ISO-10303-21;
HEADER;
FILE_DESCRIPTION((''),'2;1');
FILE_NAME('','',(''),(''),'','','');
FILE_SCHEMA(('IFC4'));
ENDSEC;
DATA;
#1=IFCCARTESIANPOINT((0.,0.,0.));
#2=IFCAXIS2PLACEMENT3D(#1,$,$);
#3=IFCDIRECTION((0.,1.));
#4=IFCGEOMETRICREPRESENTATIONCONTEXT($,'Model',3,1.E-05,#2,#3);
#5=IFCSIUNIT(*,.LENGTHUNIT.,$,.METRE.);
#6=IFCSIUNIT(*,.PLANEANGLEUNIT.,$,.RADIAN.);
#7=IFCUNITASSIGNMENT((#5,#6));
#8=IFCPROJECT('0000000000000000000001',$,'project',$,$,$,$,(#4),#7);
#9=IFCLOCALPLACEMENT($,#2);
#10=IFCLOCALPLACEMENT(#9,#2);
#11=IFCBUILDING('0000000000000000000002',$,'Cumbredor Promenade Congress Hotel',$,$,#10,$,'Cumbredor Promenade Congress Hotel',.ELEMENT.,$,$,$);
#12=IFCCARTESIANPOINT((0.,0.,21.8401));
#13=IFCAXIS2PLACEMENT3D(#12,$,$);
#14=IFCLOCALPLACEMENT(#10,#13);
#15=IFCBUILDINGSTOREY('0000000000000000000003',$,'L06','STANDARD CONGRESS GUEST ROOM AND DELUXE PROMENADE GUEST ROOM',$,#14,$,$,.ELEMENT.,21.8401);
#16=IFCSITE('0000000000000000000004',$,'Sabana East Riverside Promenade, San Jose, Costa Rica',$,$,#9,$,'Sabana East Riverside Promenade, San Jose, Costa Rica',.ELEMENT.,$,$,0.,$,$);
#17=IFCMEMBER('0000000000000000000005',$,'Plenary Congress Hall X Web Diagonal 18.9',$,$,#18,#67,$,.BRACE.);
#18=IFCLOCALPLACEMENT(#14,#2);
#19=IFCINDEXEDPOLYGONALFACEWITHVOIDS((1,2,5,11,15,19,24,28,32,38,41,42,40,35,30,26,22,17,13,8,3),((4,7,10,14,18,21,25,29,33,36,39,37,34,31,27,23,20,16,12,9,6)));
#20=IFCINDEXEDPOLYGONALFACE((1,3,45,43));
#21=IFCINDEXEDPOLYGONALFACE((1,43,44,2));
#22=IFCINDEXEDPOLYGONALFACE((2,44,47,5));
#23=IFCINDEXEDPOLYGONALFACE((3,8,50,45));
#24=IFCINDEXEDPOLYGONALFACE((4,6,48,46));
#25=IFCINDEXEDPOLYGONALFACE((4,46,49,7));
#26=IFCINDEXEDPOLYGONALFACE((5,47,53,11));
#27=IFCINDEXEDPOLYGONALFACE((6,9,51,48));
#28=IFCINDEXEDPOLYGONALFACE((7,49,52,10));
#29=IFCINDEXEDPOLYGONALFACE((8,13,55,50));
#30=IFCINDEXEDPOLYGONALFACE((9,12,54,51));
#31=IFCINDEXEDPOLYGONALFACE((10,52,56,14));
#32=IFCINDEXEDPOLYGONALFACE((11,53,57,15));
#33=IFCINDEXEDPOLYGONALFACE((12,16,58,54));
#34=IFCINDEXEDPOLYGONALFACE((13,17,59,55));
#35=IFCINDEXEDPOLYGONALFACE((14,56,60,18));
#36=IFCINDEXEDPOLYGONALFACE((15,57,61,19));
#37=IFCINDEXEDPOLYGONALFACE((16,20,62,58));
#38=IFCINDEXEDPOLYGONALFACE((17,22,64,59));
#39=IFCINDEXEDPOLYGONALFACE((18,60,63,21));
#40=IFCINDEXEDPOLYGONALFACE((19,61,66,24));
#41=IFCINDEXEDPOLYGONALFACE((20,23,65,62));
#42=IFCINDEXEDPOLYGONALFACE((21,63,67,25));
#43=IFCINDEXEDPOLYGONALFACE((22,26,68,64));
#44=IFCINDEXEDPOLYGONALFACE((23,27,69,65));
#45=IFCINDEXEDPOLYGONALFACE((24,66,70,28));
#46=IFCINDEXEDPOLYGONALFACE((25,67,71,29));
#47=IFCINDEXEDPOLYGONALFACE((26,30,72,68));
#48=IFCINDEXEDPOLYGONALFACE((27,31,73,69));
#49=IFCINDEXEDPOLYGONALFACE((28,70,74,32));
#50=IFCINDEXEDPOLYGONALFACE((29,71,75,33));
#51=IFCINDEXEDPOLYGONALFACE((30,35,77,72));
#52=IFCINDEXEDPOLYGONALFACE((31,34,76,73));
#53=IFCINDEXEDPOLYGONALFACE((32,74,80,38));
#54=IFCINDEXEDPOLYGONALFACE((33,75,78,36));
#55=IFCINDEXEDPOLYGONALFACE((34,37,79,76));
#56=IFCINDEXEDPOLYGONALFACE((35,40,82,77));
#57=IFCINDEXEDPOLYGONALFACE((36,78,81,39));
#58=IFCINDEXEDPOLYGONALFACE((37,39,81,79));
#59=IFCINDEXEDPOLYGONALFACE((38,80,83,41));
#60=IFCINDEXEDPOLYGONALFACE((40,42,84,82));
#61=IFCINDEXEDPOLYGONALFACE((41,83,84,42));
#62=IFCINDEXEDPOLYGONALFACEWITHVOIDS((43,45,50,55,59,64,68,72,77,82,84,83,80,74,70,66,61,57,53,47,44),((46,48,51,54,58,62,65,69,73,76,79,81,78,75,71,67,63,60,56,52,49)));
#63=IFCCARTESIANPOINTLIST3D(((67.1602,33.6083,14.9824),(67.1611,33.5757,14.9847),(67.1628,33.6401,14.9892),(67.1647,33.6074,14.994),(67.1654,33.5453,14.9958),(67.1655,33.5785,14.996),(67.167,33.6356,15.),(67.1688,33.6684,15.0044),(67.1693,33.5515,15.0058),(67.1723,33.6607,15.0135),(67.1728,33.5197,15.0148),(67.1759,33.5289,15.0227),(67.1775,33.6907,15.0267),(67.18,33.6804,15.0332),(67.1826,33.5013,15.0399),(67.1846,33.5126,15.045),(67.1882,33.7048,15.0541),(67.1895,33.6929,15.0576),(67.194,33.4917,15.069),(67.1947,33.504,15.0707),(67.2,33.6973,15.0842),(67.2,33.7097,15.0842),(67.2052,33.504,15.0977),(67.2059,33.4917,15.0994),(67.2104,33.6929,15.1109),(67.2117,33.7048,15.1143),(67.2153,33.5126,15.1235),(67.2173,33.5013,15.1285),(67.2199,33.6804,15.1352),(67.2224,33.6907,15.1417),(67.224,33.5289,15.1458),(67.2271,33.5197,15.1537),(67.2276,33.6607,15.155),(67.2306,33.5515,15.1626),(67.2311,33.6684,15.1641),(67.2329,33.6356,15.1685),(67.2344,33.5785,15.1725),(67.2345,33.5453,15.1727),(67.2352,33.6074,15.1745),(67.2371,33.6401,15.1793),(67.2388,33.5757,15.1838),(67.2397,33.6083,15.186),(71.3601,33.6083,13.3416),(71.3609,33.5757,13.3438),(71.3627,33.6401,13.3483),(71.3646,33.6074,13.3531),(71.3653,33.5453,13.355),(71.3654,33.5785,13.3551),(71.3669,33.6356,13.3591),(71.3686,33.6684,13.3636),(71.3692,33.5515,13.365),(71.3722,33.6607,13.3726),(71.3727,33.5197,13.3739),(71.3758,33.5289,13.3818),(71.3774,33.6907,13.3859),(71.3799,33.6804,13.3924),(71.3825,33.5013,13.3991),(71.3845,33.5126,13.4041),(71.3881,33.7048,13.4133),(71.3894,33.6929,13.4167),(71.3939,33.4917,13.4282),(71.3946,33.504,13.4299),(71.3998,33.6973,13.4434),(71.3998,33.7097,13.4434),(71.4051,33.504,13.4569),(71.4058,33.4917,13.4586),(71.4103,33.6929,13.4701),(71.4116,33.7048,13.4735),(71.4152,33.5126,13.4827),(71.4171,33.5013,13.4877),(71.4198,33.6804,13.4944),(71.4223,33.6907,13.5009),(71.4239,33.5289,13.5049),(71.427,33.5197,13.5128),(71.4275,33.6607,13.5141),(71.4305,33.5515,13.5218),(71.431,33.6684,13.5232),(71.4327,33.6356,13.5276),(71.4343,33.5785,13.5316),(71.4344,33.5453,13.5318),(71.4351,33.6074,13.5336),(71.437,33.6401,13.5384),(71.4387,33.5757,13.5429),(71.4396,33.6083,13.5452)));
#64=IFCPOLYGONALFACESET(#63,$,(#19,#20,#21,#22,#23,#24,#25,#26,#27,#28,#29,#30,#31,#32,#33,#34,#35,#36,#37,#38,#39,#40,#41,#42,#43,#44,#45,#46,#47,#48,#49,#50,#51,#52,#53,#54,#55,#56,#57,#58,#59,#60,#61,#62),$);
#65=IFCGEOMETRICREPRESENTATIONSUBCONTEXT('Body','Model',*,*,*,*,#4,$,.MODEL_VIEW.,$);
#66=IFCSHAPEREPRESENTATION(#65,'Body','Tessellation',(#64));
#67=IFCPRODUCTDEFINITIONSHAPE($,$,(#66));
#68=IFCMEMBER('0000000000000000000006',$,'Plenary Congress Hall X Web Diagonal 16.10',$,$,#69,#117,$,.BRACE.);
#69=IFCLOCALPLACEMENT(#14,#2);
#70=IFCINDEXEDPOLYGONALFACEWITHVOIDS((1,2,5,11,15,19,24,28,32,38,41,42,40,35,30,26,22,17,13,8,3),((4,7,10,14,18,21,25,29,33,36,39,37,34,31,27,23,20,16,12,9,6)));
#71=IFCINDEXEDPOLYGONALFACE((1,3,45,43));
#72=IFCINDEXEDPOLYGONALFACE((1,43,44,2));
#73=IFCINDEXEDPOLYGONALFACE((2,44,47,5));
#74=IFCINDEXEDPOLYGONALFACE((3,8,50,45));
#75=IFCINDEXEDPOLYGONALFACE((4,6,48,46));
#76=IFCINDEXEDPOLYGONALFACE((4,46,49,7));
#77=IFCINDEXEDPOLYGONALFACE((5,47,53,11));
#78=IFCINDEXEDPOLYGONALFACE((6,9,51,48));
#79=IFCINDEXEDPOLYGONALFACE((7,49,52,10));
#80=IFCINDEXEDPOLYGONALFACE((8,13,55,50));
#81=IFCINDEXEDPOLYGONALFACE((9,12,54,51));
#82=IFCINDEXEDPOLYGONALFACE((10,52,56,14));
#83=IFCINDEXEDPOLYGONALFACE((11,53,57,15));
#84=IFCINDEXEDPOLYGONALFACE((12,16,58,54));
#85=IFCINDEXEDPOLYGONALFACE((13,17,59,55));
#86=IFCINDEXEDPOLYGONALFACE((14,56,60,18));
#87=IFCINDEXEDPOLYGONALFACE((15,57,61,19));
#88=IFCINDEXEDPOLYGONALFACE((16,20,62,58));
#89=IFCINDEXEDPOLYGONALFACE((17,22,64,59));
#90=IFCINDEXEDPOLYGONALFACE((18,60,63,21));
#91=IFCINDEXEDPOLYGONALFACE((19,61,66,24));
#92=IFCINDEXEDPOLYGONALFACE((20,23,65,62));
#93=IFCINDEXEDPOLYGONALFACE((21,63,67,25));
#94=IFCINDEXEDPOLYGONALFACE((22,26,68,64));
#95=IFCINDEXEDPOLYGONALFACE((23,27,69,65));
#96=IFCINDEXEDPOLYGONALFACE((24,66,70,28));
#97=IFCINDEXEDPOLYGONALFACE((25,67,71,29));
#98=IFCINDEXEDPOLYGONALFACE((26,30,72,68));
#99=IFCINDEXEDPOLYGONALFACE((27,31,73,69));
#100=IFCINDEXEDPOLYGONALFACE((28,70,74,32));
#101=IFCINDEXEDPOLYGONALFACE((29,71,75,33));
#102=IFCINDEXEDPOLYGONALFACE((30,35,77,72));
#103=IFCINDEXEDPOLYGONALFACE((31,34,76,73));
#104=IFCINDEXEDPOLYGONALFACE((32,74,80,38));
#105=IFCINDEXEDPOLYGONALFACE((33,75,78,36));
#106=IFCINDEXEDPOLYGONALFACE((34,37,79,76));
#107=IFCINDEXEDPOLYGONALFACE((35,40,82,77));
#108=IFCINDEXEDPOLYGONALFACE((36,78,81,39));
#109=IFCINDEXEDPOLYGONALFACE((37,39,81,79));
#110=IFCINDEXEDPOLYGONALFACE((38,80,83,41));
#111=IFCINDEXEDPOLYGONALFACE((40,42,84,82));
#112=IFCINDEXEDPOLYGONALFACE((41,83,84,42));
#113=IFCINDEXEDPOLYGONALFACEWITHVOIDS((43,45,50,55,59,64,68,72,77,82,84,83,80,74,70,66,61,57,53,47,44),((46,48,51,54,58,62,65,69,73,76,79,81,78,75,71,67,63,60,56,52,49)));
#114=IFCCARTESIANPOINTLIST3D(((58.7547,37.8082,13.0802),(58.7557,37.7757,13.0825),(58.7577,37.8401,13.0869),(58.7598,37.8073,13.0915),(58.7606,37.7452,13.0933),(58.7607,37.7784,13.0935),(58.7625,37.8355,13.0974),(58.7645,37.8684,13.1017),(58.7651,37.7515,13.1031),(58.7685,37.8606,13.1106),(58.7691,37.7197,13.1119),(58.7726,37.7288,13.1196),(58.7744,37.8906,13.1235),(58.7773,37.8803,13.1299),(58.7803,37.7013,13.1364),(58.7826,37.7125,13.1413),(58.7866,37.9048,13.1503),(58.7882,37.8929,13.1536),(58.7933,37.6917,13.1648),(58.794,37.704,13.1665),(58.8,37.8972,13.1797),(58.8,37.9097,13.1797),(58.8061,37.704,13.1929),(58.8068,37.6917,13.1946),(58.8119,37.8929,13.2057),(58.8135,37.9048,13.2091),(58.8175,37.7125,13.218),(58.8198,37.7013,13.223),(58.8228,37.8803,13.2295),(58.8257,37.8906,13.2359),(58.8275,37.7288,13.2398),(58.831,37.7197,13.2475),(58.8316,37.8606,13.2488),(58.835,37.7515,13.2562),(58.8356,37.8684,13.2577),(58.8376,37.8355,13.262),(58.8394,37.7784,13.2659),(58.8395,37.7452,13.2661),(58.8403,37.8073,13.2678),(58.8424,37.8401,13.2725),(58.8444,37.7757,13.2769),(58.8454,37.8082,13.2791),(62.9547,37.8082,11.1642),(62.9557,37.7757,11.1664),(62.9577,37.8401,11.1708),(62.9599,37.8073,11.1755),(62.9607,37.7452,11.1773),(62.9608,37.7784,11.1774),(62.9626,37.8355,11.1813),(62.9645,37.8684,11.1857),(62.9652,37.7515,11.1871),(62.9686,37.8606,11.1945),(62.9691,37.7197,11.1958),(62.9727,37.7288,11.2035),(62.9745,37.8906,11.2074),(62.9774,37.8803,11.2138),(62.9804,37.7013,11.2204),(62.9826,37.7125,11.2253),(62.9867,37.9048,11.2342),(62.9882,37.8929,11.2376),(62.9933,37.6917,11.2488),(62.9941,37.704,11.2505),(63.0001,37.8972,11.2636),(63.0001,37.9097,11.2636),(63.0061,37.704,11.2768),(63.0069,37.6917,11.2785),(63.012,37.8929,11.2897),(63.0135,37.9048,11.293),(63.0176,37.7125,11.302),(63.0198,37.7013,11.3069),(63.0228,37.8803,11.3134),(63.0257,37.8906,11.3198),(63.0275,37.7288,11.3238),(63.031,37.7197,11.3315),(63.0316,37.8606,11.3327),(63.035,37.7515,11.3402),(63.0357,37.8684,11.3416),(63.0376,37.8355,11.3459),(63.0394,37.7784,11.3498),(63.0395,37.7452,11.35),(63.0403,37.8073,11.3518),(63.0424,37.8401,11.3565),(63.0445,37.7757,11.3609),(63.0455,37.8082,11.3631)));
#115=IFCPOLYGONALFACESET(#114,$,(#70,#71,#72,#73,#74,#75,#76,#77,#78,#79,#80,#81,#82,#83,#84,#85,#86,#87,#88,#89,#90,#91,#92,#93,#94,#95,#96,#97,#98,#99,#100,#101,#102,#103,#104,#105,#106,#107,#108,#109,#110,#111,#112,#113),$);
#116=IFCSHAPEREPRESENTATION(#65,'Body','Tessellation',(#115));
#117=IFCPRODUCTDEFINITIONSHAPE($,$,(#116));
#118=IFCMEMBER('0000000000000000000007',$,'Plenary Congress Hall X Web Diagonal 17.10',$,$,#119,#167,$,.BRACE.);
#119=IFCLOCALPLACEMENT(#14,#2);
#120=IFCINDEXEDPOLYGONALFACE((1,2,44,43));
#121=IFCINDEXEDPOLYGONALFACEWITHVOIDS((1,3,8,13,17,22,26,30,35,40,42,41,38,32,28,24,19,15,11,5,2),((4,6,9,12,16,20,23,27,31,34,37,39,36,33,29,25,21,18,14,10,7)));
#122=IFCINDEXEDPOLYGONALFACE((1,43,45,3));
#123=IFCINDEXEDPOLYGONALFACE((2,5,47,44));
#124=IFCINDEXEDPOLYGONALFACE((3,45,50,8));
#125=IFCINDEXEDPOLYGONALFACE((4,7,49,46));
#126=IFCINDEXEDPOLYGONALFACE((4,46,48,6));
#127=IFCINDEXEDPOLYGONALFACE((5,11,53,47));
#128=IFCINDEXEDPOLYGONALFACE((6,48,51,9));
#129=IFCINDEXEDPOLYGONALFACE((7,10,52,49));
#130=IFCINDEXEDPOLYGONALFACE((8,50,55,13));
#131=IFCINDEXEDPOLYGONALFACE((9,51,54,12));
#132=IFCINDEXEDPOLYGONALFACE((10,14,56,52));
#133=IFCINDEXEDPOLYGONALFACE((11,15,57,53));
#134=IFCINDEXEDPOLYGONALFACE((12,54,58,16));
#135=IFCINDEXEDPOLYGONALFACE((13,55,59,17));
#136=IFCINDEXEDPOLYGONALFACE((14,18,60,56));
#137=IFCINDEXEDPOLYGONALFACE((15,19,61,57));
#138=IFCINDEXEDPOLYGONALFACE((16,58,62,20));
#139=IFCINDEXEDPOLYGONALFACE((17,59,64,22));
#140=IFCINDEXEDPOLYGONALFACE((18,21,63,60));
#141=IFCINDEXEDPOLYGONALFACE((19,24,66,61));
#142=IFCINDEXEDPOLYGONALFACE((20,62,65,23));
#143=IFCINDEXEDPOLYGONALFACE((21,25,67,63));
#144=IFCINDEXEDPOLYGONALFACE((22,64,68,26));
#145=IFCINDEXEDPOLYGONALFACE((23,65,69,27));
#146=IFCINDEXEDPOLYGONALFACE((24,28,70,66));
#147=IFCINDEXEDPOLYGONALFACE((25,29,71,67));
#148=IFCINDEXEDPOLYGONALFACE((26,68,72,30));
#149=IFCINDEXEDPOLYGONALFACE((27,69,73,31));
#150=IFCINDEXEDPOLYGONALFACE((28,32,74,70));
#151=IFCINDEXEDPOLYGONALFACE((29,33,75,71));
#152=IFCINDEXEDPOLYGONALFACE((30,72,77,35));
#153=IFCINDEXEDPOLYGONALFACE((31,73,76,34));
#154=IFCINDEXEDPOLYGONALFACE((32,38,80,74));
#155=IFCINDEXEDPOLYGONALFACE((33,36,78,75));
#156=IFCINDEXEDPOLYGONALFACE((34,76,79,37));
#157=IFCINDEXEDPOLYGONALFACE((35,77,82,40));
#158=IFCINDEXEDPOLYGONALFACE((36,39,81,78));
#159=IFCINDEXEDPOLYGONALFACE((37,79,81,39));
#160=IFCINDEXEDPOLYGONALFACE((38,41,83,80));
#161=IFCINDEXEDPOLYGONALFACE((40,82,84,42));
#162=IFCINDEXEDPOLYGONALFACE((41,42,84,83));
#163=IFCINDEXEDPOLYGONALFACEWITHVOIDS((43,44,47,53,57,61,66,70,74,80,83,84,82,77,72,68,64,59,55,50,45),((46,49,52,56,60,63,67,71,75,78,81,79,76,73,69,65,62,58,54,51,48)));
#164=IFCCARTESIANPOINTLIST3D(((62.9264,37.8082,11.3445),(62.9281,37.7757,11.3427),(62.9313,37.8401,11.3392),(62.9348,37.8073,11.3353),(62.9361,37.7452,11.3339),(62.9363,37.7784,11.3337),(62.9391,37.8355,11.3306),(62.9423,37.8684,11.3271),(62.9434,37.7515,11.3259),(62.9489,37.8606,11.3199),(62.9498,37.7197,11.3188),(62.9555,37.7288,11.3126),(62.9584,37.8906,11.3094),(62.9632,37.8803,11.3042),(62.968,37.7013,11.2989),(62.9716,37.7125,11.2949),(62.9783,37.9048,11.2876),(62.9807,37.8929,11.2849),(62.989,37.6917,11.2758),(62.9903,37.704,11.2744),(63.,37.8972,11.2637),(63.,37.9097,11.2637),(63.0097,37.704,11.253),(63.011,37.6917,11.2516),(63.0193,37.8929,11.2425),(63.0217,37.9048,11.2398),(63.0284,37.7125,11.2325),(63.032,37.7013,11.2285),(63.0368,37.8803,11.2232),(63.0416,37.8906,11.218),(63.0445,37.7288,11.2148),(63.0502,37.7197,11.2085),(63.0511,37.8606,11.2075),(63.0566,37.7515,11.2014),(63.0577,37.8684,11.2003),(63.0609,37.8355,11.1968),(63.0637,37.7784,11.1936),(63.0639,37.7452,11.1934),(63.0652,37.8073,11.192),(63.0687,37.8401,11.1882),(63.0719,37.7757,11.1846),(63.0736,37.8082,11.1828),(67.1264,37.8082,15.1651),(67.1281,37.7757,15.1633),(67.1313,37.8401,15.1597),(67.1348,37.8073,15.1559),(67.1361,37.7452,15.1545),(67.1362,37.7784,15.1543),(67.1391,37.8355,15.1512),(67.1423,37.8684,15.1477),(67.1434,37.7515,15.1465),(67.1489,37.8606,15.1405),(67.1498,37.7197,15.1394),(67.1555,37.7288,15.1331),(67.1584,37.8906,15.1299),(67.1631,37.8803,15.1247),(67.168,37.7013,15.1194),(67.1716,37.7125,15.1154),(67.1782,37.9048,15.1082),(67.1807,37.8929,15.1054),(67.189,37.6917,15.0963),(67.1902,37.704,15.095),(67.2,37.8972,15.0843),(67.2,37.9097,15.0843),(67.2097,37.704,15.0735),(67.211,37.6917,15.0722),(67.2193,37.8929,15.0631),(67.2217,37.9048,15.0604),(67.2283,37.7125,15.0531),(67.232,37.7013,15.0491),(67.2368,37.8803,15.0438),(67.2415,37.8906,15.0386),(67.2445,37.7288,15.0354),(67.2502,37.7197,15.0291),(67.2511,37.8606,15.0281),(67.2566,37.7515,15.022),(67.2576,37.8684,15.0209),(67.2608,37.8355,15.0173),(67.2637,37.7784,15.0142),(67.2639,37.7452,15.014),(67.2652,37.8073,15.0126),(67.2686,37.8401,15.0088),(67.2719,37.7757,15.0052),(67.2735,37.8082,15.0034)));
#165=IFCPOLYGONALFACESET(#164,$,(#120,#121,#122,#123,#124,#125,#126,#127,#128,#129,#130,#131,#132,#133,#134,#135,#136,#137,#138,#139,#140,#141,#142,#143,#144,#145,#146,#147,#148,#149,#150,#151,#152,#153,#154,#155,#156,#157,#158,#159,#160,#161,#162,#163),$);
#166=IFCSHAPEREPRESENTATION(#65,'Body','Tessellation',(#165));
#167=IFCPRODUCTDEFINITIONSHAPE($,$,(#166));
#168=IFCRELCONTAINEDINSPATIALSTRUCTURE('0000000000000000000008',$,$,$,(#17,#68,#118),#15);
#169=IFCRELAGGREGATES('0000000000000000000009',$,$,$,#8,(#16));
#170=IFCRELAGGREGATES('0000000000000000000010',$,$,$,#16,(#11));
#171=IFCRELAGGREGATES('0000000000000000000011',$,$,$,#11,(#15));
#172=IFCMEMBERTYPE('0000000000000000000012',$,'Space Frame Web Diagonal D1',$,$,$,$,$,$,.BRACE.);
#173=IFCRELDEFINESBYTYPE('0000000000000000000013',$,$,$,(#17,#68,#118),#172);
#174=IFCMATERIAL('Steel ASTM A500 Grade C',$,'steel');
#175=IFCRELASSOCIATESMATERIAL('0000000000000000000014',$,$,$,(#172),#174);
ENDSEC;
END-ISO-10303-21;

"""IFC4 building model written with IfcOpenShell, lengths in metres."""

from ifc_helpers import new_model, si_unit, direction, frame, origin, origin_2d, place, context, subcontext, project, spatial, hollow_circle, extrude, material, material_profile, profile_set, type_object, element, save


model = new_model("IFC4")

# Units and contexts
model_context = context("Model", 3, precision=1e-05, world=origin(), true_north=direction((0.0, 1.0)))
body_context = subcontext(model_context, "Body", "Model", "MODEL_VIEW")
ifc_project = project(units=[si_unit("LENGTHUNIT", "METRE"), si_unit("PLANEANGLEUNIT", "RADIAN")], contexts=[model_context])

# Site, building, storey
site_placement = place(None, origin())
site = spatial("IfcSite", under=ifc_project, at=site_placement, Name="Sabana East Riverside Promenade, San Jose, Costa Rica", LongName="Sabana East Riverside Promenade, San Jose, Costa Rica", CompositionType="ELEMENT", RefElevation=0.0)
building_placement = place(site_placement, origin())
building = spatial("IfcBuilding", under=site, at=building_placement, Name="Cumbredor Promenade Congress Hotel", LongName="Cumbredor Promenade Congress Hotel", CompositionType="ELEMENT")
storey_placement = place(building_placement, frame((0.0, 0.0, 21.8401)))
storey = spatial("IfcBuildingStorey", under=building, at=storey_placement, Name="L06", Description="STANDARD CONGRESS GUEST ROOM AND DELUXE PROMENADE GUEST ROOM", CompositionType="ELEMENT", Elevation=21.8401)

# Members
ifc_material_1 = material(Name="Steel ASTM A500 Grade C", Category="steel")
ifc_material_profile_1 = material_profile(ifc_material_1, hollow_circle(Radius=0.1096, WallThickness=0.0125, at=origin_2d()), Name="CHS 219.1x12.5")
ifc_profile_set_1 = profile_set([ifc_material_profile_1], Name="Steel ASTM A500 Grade C")
member_type_1 = type_object("IfcMemberType", Name="Space Frame Web Diagonal D1", PredefinedType="BRACE", material=ifc_profile_set_1)
member_1_placement = place(storey_placement, frame((67.2, 33.6001, 15.0842), z_axis=(0.931438, 0.0, -0.363901), x_axis=(0.0, 1.0, 0.0)))
element("IfcMember", 1, at=member_1_placement, inside=storey, type_object=member_type_1, Name="Plenary Congress Hall X Web Diagonal 18.9", PredefinedType="BRACE", context=body_context, shape_type="SweptSolid", body=[
    extrude(hollow_circle(Radius=0.1096, WallThickness=0.0125, at=origin_2d()), origin(), (0.0, 0.0, 1.0), 4.509),
])
member_2_placement = place(storey_placement, frame((58.8, 37.8, 13.1797), z_axis=(0.909799, 0.0, -0.41505), x_axis=(0.0, 1.0, 0.0)))
element("IfcMember", 2, at=member_2_placement, inside=storey, type_object=member_type_1, Name="Plenary Congress Hall X Web Diagonal 16.10", PredefinedType="BRACE", context=body_context, shape_type="SweptSolid", body=[
    extrude(hollow_circle(Radius=0.1096, WallThickness=0.0125, at=origin_2d()), origin(), (0.0, 0.0, 1.0), 4.6165),
])
member_3_placement = place(storey_placement, frame((63.0, 37.8, 11.2637), z_axis=(0.739728, 0.0, 0.672906), x_axis=(0.0, 1.0, 0.0)))
element("IfcMember", 3, at=member_3_placement, inside=storey, type_object=member_type_1, Name="Plenary Congress Hall X Web Diagonal 17.10", PredefinedType="BRACE", context=body_context, shape_type="SweptSolid", body=[
    extrude(hollow_circle(Radius=0.1096, WallThickness=0.0125, at=origin_2d()), origin(), (0.0, 0.0, 1.0), 5.6777),
])

save(model, "model.ifc")
